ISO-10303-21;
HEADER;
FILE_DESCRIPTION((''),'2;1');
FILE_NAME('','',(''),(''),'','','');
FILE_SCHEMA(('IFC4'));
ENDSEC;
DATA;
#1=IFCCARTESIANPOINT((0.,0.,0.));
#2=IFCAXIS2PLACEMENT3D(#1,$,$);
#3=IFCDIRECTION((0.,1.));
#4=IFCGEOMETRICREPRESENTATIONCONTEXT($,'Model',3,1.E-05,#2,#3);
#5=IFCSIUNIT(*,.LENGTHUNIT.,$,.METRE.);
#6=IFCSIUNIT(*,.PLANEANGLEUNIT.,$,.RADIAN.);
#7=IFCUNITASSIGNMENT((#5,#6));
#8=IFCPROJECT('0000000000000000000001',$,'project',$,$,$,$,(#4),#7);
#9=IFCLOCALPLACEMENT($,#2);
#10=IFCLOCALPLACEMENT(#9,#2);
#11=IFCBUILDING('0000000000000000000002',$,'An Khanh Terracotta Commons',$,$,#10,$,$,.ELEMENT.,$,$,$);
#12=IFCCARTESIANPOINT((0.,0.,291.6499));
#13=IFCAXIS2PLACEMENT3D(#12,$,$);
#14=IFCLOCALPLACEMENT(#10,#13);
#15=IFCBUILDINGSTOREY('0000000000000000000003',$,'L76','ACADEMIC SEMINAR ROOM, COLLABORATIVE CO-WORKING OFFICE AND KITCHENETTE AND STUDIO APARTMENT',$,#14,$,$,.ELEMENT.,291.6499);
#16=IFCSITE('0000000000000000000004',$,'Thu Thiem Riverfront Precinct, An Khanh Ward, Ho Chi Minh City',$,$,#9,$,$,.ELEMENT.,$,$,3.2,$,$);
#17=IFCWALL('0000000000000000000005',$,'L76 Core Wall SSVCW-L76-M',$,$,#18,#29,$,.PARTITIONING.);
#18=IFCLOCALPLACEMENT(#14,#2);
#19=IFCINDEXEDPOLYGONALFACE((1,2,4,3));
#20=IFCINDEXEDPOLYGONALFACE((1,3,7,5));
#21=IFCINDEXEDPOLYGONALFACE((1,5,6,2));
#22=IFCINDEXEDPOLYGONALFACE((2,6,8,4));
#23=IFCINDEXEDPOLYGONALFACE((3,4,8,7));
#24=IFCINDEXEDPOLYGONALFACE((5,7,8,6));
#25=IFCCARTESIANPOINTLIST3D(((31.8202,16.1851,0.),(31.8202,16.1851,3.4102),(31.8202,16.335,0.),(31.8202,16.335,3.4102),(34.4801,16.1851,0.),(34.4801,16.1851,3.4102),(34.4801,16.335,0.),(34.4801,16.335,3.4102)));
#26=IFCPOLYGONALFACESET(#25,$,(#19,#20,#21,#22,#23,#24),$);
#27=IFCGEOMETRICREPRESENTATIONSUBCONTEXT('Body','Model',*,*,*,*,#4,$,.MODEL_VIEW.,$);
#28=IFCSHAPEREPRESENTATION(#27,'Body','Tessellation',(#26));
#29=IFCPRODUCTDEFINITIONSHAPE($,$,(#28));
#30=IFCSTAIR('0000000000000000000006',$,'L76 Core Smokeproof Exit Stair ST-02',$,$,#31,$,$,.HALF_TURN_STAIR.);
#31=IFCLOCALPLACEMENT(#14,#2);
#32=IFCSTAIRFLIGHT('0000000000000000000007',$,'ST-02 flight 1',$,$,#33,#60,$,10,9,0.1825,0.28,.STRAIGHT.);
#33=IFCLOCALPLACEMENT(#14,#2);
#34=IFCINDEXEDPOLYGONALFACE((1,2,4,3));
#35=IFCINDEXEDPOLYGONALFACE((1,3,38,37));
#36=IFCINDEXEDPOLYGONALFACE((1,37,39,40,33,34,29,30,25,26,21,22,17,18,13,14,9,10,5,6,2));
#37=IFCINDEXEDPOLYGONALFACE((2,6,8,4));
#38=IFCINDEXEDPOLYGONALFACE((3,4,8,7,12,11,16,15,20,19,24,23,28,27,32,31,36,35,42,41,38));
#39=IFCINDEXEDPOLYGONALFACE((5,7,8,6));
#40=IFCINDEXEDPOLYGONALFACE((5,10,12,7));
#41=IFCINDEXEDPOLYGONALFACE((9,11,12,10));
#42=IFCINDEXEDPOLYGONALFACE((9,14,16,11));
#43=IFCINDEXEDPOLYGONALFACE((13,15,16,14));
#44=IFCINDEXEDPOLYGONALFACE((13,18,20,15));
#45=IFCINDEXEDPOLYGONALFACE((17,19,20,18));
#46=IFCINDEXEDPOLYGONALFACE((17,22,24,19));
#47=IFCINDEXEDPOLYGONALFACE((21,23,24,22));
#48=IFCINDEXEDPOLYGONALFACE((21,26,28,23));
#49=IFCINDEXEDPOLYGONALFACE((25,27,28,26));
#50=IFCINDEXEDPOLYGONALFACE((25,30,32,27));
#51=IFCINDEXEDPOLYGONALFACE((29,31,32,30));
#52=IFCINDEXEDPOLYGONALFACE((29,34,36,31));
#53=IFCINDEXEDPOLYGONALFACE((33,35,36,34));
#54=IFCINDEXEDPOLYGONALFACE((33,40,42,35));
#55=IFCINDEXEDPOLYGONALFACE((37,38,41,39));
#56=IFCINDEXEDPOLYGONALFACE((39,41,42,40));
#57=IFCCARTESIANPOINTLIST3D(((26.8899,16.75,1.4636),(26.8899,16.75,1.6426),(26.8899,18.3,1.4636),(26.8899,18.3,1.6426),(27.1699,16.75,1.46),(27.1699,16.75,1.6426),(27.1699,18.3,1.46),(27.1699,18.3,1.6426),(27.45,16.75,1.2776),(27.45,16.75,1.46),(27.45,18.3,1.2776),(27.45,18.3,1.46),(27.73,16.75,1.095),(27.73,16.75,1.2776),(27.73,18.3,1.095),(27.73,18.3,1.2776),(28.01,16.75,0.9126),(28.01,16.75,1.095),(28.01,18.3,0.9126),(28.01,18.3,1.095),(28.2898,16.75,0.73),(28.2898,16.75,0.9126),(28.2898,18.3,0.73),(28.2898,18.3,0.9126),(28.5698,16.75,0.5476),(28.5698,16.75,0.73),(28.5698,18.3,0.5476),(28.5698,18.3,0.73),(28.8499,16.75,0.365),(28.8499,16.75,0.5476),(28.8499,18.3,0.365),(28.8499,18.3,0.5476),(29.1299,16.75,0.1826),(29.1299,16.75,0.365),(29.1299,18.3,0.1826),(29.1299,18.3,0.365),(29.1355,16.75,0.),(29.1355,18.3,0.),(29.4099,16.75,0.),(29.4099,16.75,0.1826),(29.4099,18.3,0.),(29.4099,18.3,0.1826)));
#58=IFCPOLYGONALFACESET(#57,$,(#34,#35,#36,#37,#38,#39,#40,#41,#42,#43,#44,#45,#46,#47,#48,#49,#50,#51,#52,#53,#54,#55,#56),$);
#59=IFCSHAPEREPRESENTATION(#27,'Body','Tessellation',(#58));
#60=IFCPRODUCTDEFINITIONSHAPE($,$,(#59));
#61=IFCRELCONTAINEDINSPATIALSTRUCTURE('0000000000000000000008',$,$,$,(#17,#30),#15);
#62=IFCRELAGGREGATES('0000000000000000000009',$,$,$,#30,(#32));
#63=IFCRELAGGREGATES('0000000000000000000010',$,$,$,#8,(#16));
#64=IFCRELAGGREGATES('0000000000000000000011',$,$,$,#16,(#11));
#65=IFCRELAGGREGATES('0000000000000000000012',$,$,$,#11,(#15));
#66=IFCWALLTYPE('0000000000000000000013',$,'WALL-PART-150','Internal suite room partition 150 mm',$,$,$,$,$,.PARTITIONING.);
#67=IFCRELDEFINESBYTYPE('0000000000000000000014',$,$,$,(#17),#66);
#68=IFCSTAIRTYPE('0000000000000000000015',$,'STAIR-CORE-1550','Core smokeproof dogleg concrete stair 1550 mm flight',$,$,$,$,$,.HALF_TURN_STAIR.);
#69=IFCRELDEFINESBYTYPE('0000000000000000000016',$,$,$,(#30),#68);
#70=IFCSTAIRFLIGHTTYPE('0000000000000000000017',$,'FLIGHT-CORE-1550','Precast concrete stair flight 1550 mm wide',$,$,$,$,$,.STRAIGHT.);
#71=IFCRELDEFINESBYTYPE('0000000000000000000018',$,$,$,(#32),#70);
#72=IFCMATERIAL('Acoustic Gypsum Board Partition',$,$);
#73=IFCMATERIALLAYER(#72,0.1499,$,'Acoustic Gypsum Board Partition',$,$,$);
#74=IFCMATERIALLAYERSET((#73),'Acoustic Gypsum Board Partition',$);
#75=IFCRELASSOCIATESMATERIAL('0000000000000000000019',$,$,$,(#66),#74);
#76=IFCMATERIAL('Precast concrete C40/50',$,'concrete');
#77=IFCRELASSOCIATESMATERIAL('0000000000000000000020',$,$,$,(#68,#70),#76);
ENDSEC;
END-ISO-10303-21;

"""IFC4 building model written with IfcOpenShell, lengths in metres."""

from ifc_helpers import new_model, si_unit, direction, frame, frame_2d, origin, place, context, subcontext, project, spatial, polyline, rectangle, outline, extrude, material, layer, layer_set, type_object, element, aggregate, save


model = new_model("IFC4")

# Units and contexts
model_context = context("Model", 3, precision=1e-05, world=origin(), true_north=direction((0.0, 1.0)))
body_context = subcontext(model_context, "Body", "Model", "MODEL_VIEW")
ifc_project = project(units=[si_unit("LENGTHUNIT", "METRE"), si_unit("PLANEANGLEUNIT", "RADIAN")], contexts=[model_context])

# Site, building, storey
site_placement = place(None, origin())
site = spatial("IfcSite", under=ifc_project, at=site_placement, Name="Thu Thiem Riverfront Precinct, An Khanh Ward, Ho Chi Minh City", CompositionType="ELEMENT", RefElevation=3.2)
building_placement = place(site_placement, origin())
building = spatial("IfcBuilding", under=site, at=building_placement, Name="An Khanh Terracotta Commons", CompositionType="ELEMENT")
storey_placement = place(building_placement, frame((0.0, 0.0, 291.6499)))
storey = spatial("IfcBuildingStorey", under=building, at=storey_placement, Name="L76", Description="ACADEMIC SEMINAR ROOM, COLLABORATIVE CO-WORKING OFFICE AND KITCHENETTE AND STUDIO APARTMENT", CompositionType="ELEMENT", Elevation=291.6499)

# Wall
ifc_material_1 = material(Name="Acoustic Gypsum Board Partition")
ifc_layer_1 = layer(ifc_material_1, 0.1499, Name="Acoustic Gypsum Board Partition")
ifc_layer_set_1 = layer_set([ifc_layer_1], Name="Acoustic Gypsum Board Partition")
wall_type_1 = type_object("IfcWallType", Name="WALL-PART-150", Description="Internal suite room partition 150 mm", PredefinedType="PARTITIONING", material=ifc_layer_set_1)
wall_1_placement = place(storey_placement, frame((31.8201, 16.26, 0.0), z_axis=(0.0, 0.0, 1.0), x_axis=(1.0, 0.0, 0.0)))
element("IfcWall", 1, at=wall_1_placement, inside=storey, type_object=wall_type_1, Name="L76 Core Wall SSVCW-L76-M", PredefinedType="PARTITIONING", context=body_context, shape_type="SweptSolid", body=[
    extrude(rectangle(XDim=2.6599, YDim=0.1499, at=frame_2d((1.3301, 0.0))), origin(), (0.0, 0.0, 1.0), 3.4102),
])

# Stair, stair flight
ifc_material_2 = material(Name="Precast concrete C40/50", Category="concrete")
stair_type = type_object("IfcStairType", Name="STAIR-CORE-1550", Description="Core smokeproof dogleg concrete stair 1550 mm flight", PredefinedType="HALF_TURN_STAIR", material=ifc_material_2)
stair_placement = place(storey_placement, origin())
stair = element("IfcStair", 2, at=stair_placement, inside=storey, type_object=stair_type, Name="L76 Core Smokeproof Exit Stair ST-02", PredefinedType="HALF_TURN_STAIR")
stair_flight_type = type_object("IfcStairFlightType", Name="FLIGHT-CORE-1550", Description="Precast concrete stair flight 1550 mm wide", PredefinedType="STRAIGHT", material=ifc_material_2)
stair_flight_placement = place(storey_placement, frame((29.4099, 17.5249, 0.0), z_axis=(0.0, 0.0, 1.0), x_axis=(-1.0, 0.0, 0.0)))
stair_flight = element("IfcStairFlight", 3, at=stair_flight_placement, type_object=stair_flight_type, Name="ST-02 flight 1", NumberOfRisers=10, NumberOfTreads=9, PredefinedType="STRAIGHT", RiserHeight=0.1825, TreadLength=0.28, context=body_context, shape_type="SweptSolid", body=[
    extrude(outline(polyline([(0.0, 0.0), (0.0, 0.1826), (0.28, 0.1826), (0.28, 0.365), (0.5601, 0.365), (0.5601, 0.5476), (0.8401, 0.5476), (0.8401, 0.73), (1.1201, 0.73), (1.1201, 0.9126), (1.3999, 0.9126), (1.3999, 1.095), (1.6799, 1.095), (1.6799, 1.2776), (1.96, 1.2776), (1.96, 1.46), (2.24, 1.46), (2.24, 1.6426), (2.52, 1.6426), (2.52, 1.825), (2.52, 1.4636), (0.2744, 0.0), (0.0, 0.0)])), frame((0.0, 0.7749, 0.0), z_axis=(0.0, -1.0, 0.0), x_axis=(1.0, 0.0, 0.0)), (0.0, 0.0, 1.0), 1.55),
])
aggregate(stair, [stair_flight])

save(model, "model.ifc")
